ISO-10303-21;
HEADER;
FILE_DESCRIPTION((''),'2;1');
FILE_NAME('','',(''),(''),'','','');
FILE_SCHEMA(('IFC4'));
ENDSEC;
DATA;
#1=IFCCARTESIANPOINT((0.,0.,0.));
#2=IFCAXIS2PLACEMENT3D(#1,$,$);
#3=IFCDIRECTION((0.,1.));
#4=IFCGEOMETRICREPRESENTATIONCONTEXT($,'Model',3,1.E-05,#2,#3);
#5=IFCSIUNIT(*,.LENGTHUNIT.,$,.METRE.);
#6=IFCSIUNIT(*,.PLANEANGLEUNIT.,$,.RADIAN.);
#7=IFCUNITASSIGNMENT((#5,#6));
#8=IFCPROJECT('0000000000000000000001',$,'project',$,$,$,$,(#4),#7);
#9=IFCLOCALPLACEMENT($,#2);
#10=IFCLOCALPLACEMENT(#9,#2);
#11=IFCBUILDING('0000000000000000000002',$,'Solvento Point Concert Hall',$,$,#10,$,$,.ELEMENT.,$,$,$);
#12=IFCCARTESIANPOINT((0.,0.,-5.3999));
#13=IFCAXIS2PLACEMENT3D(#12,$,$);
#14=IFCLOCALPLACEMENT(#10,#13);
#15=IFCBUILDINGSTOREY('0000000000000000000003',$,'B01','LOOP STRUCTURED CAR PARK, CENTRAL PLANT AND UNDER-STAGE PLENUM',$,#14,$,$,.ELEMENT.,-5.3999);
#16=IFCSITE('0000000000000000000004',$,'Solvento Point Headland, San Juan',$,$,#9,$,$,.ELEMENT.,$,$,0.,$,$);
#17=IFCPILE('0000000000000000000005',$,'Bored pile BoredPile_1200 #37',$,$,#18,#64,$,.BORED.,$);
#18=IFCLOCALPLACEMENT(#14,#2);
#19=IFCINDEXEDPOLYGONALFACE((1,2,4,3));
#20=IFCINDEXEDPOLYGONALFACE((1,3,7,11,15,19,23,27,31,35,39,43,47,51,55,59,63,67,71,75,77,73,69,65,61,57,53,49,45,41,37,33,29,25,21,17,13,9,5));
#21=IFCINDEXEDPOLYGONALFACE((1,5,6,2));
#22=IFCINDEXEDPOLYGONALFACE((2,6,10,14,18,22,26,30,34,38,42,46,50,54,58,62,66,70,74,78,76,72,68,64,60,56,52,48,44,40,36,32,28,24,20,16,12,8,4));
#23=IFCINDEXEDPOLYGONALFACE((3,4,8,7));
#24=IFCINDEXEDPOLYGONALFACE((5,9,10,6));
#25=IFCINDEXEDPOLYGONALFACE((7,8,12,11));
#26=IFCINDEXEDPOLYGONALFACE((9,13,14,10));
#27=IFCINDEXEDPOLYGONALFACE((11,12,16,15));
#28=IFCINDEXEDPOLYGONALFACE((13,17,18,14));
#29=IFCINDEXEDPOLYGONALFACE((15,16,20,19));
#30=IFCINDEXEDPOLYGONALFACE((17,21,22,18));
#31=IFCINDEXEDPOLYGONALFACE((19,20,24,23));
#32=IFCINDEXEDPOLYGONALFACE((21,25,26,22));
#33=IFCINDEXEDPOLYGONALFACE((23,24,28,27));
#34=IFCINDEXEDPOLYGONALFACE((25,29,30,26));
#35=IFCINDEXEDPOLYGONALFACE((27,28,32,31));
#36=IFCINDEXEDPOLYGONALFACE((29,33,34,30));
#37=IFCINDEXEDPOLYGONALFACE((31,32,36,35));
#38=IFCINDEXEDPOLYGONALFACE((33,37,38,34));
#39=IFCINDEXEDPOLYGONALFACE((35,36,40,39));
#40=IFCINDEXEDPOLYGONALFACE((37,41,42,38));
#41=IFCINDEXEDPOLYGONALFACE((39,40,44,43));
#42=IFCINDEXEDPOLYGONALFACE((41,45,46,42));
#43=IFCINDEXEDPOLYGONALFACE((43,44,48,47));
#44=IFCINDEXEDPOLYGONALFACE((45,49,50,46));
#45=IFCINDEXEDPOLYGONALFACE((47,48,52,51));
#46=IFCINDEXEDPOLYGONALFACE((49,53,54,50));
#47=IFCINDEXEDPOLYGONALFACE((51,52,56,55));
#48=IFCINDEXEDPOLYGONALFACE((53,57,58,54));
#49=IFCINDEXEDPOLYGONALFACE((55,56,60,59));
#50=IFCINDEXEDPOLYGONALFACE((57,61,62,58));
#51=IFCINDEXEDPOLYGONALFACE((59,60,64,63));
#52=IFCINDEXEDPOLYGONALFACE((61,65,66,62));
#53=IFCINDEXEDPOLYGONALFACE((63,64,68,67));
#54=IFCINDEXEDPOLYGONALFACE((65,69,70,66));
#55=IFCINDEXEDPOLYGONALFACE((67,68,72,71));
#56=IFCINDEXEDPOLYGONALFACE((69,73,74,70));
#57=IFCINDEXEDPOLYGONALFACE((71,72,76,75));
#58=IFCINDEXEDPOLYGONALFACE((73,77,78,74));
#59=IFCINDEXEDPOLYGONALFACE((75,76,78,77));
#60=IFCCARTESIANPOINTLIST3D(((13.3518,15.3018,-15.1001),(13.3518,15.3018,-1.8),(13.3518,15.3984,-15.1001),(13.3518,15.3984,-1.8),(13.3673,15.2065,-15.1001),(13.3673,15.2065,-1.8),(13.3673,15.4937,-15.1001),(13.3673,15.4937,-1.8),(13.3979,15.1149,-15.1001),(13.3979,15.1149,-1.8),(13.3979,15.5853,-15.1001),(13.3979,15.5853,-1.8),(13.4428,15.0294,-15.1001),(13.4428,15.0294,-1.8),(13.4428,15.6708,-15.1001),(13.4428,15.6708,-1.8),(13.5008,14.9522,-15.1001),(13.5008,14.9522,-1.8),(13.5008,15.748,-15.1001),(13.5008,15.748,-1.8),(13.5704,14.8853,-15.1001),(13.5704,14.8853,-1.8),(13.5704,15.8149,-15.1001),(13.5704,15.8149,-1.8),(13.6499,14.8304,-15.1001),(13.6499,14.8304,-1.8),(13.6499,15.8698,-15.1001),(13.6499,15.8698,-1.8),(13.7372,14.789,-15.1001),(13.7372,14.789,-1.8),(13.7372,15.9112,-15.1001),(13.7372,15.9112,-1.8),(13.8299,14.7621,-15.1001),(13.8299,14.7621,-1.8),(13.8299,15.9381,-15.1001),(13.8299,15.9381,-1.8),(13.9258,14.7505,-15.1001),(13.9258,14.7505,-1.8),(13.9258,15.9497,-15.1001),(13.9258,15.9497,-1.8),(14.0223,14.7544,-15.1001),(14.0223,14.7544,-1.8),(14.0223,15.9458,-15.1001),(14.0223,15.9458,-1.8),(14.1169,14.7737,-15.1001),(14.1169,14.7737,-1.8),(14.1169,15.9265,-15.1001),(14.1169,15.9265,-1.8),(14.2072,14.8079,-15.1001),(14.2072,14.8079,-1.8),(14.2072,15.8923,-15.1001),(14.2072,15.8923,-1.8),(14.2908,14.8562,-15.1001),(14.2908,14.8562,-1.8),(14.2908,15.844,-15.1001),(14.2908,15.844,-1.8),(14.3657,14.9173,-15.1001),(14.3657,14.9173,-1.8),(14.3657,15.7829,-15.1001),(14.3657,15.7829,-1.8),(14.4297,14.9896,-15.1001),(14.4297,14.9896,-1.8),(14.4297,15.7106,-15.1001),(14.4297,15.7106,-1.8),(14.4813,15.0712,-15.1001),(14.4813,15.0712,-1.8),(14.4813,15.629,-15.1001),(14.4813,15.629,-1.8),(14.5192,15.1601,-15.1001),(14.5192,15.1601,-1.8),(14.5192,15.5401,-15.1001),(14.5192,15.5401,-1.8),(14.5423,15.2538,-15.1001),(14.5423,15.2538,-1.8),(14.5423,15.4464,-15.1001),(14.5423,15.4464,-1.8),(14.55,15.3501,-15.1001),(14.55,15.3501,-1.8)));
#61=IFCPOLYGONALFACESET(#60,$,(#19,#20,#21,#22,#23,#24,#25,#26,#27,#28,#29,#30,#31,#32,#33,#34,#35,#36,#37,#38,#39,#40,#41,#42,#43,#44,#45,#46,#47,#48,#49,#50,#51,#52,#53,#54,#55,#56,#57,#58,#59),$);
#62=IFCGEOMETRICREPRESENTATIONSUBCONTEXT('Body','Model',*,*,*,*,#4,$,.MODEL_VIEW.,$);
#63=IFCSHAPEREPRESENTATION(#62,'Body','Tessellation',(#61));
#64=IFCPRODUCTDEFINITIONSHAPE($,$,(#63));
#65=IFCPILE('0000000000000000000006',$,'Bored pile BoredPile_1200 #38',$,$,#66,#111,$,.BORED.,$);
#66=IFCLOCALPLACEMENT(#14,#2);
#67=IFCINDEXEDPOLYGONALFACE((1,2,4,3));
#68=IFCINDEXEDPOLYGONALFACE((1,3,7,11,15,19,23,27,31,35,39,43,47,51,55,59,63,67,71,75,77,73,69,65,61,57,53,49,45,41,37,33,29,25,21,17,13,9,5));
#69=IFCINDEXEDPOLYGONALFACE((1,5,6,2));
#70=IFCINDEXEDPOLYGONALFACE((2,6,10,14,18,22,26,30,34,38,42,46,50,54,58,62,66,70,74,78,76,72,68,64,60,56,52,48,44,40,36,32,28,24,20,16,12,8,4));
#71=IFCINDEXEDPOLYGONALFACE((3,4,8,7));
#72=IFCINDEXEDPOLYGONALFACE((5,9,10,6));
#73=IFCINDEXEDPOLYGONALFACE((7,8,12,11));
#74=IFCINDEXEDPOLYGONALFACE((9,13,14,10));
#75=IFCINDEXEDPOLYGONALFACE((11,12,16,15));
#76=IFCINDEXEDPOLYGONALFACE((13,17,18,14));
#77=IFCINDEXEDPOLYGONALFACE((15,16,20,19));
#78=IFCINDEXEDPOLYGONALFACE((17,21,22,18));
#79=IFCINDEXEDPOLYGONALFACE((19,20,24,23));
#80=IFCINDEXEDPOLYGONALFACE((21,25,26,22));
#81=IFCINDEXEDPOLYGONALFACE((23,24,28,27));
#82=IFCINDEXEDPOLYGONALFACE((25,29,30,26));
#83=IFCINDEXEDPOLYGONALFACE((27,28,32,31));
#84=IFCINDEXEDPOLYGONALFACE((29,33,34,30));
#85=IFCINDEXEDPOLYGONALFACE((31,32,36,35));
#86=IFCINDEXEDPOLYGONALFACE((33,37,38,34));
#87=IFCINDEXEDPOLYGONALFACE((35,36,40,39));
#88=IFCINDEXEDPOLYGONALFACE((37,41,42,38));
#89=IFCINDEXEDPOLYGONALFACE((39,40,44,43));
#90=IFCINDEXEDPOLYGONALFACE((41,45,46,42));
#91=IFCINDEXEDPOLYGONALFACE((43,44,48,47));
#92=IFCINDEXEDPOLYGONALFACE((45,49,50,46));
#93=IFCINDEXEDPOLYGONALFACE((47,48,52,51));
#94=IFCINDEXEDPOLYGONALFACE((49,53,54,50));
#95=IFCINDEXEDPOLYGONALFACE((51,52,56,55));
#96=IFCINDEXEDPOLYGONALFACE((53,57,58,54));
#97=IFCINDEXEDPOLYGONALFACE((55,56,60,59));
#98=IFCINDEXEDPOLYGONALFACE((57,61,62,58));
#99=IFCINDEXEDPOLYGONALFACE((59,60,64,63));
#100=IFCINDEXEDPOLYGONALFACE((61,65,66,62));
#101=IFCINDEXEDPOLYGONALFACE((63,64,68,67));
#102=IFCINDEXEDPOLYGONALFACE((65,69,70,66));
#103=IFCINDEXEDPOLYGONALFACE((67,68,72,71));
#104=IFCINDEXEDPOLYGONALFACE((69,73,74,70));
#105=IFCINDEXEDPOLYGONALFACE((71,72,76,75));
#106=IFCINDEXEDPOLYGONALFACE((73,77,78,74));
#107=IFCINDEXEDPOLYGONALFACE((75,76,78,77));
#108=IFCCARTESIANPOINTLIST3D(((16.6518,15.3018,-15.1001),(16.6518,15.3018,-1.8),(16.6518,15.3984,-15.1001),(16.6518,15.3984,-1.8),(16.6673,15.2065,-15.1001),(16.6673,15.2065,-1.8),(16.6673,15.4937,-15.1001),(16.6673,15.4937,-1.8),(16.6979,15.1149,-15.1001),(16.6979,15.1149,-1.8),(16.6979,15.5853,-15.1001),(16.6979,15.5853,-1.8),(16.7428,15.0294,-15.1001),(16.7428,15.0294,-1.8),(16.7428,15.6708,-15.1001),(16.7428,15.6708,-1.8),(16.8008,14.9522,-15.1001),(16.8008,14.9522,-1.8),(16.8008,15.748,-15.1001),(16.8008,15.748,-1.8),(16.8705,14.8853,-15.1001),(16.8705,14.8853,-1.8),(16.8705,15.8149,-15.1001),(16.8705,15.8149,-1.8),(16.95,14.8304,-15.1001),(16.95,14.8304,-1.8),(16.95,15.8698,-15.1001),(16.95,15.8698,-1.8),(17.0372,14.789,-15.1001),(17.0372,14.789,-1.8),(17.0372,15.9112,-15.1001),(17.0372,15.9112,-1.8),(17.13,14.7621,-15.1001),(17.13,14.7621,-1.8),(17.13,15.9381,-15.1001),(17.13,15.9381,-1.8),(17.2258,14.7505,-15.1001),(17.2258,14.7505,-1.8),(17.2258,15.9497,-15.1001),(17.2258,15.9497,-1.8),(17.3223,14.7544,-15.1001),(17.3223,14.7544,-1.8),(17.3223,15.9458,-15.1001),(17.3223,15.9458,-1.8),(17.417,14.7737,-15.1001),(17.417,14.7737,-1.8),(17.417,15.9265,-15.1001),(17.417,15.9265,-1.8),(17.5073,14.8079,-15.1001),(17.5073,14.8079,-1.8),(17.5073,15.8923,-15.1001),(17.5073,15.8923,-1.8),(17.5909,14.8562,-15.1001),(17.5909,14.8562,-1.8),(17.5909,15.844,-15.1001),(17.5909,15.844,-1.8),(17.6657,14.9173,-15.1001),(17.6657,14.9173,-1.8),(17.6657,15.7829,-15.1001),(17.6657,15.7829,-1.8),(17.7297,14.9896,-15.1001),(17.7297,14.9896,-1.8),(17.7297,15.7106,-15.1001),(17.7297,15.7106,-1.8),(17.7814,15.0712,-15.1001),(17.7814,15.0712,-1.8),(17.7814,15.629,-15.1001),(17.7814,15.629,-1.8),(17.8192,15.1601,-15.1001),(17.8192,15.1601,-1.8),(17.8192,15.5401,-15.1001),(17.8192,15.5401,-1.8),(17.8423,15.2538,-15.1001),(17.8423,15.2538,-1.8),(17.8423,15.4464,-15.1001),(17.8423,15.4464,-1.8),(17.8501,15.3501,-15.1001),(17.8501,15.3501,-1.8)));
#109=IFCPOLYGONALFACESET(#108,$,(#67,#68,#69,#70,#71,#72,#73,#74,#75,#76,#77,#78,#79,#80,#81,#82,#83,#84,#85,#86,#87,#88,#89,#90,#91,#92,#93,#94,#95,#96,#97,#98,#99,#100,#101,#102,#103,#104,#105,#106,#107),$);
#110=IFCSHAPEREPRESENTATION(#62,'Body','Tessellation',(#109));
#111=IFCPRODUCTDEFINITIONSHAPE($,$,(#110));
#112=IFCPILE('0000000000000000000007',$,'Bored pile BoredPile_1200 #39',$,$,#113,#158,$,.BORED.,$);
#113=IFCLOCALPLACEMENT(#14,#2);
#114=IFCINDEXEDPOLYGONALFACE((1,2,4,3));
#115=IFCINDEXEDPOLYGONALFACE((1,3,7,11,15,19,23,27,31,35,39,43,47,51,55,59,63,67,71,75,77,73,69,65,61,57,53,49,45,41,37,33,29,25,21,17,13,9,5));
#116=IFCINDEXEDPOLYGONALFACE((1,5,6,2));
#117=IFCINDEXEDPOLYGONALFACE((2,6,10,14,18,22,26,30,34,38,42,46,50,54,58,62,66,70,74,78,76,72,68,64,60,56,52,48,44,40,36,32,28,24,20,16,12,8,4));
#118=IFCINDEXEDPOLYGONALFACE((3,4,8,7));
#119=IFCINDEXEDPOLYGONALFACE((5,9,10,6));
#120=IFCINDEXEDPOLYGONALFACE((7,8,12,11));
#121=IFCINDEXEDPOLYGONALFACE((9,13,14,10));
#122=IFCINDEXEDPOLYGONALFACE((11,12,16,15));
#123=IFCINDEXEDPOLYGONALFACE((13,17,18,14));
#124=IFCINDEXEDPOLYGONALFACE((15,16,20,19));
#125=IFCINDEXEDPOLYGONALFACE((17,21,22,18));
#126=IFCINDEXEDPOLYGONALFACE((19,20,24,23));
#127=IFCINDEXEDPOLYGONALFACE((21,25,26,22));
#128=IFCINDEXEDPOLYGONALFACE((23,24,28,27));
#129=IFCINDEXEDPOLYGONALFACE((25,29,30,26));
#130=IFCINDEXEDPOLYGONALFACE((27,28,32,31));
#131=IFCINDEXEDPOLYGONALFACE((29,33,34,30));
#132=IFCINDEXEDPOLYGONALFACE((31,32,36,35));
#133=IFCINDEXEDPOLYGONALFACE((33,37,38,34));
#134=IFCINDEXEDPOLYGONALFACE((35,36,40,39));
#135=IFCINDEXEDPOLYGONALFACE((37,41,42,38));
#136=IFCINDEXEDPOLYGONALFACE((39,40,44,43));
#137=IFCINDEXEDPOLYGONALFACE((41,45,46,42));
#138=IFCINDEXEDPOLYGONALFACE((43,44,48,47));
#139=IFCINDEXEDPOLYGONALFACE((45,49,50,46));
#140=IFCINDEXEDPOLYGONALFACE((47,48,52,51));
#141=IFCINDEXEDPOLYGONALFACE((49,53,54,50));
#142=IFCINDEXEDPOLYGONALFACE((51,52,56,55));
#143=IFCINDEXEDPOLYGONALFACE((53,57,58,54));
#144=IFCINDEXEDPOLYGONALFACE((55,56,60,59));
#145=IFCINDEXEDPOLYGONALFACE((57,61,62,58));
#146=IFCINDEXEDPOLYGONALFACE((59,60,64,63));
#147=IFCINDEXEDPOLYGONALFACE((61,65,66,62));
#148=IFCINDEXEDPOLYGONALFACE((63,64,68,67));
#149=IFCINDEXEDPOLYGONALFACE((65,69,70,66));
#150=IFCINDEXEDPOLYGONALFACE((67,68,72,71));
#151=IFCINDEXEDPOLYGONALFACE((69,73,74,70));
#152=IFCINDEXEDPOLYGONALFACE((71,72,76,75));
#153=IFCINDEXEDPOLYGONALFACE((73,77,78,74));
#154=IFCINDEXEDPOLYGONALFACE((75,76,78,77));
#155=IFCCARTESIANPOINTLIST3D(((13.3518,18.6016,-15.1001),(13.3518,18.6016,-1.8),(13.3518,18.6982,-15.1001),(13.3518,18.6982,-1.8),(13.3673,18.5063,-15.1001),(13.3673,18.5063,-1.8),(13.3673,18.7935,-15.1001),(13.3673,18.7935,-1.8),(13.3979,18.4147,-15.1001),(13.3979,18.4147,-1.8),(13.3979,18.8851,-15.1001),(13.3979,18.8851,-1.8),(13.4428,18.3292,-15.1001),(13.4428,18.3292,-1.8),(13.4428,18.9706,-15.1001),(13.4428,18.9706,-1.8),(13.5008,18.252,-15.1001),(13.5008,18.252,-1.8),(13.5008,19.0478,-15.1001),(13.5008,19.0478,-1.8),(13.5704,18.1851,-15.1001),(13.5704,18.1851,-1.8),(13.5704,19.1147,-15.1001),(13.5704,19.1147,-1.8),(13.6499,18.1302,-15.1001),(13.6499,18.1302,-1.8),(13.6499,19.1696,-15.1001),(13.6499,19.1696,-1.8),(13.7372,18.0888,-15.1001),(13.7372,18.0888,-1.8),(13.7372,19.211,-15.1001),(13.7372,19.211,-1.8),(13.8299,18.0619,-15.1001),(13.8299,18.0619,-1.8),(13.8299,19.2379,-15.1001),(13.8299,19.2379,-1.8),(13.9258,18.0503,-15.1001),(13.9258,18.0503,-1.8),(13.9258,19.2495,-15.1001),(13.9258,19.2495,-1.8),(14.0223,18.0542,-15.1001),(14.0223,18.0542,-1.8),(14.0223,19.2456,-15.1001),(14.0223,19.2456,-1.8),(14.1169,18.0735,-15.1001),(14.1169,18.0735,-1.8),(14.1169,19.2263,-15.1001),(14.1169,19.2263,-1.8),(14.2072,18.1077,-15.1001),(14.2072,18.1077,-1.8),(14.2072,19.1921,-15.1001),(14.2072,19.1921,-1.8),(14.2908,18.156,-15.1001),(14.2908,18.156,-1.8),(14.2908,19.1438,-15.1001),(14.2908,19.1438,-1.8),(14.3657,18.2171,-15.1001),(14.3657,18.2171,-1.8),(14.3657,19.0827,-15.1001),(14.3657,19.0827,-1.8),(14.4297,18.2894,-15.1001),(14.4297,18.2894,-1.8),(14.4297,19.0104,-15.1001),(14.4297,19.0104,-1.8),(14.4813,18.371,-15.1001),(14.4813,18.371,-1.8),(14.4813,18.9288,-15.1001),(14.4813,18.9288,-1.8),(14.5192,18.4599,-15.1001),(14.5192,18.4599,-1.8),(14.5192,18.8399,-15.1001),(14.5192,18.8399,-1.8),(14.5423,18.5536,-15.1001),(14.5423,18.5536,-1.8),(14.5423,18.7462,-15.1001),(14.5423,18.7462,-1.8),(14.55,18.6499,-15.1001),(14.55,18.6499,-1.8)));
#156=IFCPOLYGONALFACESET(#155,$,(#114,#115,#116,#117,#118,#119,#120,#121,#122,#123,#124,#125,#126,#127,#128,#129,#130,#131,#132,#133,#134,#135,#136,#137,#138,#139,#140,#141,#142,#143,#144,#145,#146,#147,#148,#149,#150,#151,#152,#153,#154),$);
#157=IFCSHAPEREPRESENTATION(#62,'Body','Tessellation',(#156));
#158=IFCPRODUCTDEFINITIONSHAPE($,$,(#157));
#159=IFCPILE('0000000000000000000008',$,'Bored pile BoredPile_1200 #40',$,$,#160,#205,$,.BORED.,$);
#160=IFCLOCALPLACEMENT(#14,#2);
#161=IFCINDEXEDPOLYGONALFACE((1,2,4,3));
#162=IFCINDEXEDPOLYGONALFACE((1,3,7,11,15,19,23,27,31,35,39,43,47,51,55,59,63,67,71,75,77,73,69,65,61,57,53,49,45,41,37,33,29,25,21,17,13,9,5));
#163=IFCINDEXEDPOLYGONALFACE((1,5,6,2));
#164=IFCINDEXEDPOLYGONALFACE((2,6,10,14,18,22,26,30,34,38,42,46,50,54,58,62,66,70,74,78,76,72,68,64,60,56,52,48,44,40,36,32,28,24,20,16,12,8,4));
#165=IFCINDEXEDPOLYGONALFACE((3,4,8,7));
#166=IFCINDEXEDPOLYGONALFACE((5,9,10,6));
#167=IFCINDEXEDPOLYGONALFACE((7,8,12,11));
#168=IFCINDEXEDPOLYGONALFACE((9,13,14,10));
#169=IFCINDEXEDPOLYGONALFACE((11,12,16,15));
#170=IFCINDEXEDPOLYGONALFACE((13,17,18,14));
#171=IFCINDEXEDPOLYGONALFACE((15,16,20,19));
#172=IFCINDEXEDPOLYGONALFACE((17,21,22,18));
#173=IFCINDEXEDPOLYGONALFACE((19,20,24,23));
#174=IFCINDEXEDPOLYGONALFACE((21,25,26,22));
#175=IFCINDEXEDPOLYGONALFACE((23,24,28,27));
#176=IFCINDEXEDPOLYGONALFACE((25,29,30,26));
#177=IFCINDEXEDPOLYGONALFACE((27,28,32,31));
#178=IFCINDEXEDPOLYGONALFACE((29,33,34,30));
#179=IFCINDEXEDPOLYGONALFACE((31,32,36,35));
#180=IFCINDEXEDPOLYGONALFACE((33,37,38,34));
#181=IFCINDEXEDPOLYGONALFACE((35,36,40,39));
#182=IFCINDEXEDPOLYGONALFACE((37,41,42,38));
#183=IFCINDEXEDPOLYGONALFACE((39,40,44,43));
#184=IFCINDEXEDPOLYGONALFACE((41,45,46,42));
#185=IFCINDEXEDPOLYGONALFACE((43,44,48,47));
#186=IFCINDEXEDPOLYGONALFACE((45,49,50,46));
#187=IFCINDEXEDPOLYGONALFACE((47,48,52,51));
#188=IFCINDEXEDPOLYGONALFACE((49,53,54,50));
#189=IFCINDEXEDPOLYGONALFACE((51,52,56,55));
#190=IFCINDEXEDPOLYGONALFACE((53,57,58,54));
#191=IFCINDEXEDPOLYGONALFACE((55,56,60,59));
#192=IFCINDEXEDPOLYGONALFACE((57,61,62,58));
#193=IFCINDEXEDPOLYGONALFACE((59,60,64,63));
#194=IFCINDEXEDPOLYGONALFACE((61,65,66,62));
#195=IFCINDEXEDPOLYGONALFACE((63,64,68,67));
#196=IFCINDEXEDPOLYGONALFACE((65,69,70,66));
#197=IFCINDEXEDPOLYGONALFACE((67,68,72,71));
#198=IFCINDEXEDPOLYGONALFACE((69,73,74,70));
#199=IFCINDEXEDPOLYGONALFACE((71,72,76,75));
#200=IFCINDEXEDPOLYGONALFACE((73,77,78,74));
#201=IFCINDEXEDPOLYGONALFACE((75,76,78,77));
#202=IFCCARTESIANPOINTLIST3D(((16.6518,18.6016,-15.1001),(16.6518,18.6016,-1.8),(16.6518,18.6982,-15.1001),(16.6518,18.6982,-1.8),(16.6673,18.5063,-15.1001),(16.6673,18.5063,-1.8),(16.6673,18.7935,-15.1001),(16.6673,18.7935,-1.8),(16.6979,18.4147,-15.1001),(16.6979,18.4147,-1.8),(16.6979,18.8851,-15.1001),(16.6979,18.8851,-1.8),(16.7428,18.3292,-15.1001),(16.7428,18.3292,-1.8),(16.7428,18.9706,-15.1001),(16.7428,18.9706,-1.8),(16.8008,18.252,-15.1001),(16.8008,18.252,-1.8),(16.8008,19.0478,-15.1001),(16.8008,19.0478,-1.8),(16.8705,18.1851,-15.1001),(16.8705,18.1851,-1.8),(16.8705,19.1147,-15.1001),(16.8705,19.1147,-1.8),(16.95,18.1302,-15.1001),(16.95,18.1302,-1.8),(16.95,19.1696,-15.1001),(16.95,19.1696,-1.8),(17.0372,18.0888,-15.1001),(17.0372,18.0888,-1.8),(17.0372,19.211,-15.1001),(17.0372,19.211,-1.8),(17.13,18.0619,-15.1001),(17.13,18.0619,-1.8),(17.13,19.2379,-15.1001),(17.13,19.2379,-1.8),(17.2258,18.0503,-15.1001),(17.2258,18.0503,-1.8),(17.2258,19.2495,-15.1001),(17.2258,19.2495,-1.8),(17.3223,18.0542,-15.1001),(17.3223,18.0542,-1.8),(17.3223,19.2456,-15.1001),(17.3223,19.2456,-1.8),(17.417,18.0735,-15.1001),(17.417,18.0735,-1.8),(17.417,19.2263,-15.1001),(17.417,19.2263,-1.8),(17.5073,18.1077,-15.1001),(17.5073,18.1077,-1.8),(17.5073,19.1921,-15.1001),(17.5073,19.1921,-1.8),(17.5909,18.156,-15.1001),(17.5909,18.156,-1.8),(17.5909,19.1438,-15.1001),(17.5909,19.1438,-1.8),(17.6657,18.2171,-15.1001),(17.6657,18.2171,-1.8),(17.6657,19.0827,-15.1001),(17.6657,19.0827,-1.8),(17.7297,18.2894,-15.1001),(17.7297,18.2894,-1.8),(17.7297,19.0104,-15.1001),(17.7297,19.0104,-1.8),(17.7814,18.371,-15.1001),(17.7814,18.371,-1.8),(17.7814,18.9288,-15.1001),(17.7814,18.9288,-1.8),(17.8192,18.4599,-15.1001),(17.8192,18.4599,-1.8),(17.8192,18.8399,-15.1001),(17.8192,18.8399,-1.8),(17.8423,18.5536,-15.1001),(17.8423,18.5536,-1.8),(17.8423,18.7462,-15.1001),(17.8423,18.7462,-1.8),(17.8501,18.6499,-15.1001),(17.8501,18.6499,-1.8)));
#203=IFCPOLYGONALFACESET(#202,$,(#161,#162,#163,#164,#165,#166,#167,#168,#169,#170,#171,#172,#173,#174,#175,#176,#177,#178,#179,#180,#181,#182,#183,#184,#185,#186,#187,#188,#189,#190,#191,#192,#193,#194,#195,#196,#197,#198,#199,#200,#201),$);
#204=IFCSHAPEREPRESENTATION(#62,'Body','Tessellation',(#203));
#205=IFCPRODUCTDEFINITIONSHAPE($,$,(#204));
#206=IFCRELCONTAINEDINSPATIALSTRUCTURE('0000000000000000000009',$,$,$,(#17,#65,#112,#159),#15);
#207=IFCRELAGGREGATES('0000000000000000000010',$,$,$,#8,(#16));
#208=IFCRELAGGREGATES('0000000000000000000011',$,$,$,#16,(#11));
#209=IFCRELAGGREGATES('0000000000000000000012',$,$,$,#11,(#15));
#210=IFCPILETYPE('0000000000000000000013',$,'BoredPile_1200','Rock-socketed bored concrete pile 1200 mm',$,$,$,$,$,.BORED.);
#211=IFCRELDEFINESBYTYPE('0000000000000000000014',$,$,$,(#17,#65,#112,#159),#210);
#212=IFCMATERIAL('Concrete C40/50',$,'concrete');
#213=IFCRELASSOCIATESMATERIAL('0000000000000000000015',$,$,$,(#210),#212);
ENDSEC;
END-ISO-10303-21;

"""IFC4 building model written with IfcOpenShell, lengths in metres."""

from ifc_helpers import new_model, si_unit, direction, frame, origin, origin_2d, place, context, subcontext, project, spatial, circle, extrude, material, material_profile, profile_set, type_object, element, save


model = new_model("IFC4")

# Units and contexts
model_context = context("Model", 3, precision=1e-05, world=origin(), true_north=direction((0.0, 1.0)))
body_context = subcontext(model_context, "Body", "Model", "MODEL_VIEW")
ifc_project = project(units=[si_unit("LENGTHUNIT", "METRE"), si_unit("PLANEANGLEUNIT", "RADIAN")], contexts=[model_context])

# Site, building, storey
site_placement = place(None, origin())
site = spatial("IfcSite", under=ifc_project, at=site_placement, Name="Solvento Point Headland, San Juan", CompositionType="ELEMENT", RefElevation=0.0)
building_placement = place(site_placement, origin())
building = spatial("IfcBuilding", under=site, at=building_placement, Name="Solvento Point Concert Hall", CompositionType="ELEMENT")
storey_placement = place(building_placement, frame((0.0, 0.0, -5.3999)))
storey = spatial("IfcBuildingStorey", under=building, at=storey_placement, Name="B01", Description="LOOP STRUCTURED CAR PARK, CENTRAL PLANT AND UNDER-STAGE PLENUM", CompositionType="ELEMENT", Elevation=-5.3999)

# Piles
ifc_material_1 = material(Name="Concrete C40/50", Category="concrete")
ifc_material_profile_1 = material_profile(ifc_material_1, circle(Radius=0.6001, at=origin_2d()), Name="BP-1200")
ifc_profile_set_1 = profile_set([ifc_material_profile_1], Name="Concrete C40/50")
pile_type_1 = type_object("IfcPileType", Name="BoredPile_1200", Description="Rock-socketed bored concrete pile 1200 mm", PredefinedType="BORED", material=ifc_profile_set_1)
for number, where, z_axis, x_axis, name in (
    (1, (13.95, 15.3501, -1.8), (0.0, 0.0, -1.0), (1.0, 0.0, 0.0), "Bored pile BoredPile_1200 #37"),
    (2, (17.25, 15.3501, -1.8), (0.0, 0.0, -1.0), (1.0, 0.0, 0.0), "Bored pile BoredPile_1200 #38"),
    (3, (13.95, 18.6499, -1.8), (0.0, 0.0, -1.0), (1.0, 0.0, 0.0), "Bored pile BoredPile_1200 #39"),
    (4, (17.25, 18.6499, -1.8), (0.0, 0.0, -1.0), (1.0, 0.0, 0.0), "Bored pile BoredPile_1200 #40"),
):
    element("IfcPile", number, at=place(storey_placement, frame(where, z_axis=z_axis, x_axis=x_axis)), inside=storey, type_object=pile_type_1, Name=name, PredefinedType="BORED", context=body_context, shape_type="SweptSolid", body=[
        extrude(circle(Radius=0.6001, at=origin_2d()), origin(), (0.0, 0.0, 1.0), 13.3),
    ])

save(model, "model.ifc")
